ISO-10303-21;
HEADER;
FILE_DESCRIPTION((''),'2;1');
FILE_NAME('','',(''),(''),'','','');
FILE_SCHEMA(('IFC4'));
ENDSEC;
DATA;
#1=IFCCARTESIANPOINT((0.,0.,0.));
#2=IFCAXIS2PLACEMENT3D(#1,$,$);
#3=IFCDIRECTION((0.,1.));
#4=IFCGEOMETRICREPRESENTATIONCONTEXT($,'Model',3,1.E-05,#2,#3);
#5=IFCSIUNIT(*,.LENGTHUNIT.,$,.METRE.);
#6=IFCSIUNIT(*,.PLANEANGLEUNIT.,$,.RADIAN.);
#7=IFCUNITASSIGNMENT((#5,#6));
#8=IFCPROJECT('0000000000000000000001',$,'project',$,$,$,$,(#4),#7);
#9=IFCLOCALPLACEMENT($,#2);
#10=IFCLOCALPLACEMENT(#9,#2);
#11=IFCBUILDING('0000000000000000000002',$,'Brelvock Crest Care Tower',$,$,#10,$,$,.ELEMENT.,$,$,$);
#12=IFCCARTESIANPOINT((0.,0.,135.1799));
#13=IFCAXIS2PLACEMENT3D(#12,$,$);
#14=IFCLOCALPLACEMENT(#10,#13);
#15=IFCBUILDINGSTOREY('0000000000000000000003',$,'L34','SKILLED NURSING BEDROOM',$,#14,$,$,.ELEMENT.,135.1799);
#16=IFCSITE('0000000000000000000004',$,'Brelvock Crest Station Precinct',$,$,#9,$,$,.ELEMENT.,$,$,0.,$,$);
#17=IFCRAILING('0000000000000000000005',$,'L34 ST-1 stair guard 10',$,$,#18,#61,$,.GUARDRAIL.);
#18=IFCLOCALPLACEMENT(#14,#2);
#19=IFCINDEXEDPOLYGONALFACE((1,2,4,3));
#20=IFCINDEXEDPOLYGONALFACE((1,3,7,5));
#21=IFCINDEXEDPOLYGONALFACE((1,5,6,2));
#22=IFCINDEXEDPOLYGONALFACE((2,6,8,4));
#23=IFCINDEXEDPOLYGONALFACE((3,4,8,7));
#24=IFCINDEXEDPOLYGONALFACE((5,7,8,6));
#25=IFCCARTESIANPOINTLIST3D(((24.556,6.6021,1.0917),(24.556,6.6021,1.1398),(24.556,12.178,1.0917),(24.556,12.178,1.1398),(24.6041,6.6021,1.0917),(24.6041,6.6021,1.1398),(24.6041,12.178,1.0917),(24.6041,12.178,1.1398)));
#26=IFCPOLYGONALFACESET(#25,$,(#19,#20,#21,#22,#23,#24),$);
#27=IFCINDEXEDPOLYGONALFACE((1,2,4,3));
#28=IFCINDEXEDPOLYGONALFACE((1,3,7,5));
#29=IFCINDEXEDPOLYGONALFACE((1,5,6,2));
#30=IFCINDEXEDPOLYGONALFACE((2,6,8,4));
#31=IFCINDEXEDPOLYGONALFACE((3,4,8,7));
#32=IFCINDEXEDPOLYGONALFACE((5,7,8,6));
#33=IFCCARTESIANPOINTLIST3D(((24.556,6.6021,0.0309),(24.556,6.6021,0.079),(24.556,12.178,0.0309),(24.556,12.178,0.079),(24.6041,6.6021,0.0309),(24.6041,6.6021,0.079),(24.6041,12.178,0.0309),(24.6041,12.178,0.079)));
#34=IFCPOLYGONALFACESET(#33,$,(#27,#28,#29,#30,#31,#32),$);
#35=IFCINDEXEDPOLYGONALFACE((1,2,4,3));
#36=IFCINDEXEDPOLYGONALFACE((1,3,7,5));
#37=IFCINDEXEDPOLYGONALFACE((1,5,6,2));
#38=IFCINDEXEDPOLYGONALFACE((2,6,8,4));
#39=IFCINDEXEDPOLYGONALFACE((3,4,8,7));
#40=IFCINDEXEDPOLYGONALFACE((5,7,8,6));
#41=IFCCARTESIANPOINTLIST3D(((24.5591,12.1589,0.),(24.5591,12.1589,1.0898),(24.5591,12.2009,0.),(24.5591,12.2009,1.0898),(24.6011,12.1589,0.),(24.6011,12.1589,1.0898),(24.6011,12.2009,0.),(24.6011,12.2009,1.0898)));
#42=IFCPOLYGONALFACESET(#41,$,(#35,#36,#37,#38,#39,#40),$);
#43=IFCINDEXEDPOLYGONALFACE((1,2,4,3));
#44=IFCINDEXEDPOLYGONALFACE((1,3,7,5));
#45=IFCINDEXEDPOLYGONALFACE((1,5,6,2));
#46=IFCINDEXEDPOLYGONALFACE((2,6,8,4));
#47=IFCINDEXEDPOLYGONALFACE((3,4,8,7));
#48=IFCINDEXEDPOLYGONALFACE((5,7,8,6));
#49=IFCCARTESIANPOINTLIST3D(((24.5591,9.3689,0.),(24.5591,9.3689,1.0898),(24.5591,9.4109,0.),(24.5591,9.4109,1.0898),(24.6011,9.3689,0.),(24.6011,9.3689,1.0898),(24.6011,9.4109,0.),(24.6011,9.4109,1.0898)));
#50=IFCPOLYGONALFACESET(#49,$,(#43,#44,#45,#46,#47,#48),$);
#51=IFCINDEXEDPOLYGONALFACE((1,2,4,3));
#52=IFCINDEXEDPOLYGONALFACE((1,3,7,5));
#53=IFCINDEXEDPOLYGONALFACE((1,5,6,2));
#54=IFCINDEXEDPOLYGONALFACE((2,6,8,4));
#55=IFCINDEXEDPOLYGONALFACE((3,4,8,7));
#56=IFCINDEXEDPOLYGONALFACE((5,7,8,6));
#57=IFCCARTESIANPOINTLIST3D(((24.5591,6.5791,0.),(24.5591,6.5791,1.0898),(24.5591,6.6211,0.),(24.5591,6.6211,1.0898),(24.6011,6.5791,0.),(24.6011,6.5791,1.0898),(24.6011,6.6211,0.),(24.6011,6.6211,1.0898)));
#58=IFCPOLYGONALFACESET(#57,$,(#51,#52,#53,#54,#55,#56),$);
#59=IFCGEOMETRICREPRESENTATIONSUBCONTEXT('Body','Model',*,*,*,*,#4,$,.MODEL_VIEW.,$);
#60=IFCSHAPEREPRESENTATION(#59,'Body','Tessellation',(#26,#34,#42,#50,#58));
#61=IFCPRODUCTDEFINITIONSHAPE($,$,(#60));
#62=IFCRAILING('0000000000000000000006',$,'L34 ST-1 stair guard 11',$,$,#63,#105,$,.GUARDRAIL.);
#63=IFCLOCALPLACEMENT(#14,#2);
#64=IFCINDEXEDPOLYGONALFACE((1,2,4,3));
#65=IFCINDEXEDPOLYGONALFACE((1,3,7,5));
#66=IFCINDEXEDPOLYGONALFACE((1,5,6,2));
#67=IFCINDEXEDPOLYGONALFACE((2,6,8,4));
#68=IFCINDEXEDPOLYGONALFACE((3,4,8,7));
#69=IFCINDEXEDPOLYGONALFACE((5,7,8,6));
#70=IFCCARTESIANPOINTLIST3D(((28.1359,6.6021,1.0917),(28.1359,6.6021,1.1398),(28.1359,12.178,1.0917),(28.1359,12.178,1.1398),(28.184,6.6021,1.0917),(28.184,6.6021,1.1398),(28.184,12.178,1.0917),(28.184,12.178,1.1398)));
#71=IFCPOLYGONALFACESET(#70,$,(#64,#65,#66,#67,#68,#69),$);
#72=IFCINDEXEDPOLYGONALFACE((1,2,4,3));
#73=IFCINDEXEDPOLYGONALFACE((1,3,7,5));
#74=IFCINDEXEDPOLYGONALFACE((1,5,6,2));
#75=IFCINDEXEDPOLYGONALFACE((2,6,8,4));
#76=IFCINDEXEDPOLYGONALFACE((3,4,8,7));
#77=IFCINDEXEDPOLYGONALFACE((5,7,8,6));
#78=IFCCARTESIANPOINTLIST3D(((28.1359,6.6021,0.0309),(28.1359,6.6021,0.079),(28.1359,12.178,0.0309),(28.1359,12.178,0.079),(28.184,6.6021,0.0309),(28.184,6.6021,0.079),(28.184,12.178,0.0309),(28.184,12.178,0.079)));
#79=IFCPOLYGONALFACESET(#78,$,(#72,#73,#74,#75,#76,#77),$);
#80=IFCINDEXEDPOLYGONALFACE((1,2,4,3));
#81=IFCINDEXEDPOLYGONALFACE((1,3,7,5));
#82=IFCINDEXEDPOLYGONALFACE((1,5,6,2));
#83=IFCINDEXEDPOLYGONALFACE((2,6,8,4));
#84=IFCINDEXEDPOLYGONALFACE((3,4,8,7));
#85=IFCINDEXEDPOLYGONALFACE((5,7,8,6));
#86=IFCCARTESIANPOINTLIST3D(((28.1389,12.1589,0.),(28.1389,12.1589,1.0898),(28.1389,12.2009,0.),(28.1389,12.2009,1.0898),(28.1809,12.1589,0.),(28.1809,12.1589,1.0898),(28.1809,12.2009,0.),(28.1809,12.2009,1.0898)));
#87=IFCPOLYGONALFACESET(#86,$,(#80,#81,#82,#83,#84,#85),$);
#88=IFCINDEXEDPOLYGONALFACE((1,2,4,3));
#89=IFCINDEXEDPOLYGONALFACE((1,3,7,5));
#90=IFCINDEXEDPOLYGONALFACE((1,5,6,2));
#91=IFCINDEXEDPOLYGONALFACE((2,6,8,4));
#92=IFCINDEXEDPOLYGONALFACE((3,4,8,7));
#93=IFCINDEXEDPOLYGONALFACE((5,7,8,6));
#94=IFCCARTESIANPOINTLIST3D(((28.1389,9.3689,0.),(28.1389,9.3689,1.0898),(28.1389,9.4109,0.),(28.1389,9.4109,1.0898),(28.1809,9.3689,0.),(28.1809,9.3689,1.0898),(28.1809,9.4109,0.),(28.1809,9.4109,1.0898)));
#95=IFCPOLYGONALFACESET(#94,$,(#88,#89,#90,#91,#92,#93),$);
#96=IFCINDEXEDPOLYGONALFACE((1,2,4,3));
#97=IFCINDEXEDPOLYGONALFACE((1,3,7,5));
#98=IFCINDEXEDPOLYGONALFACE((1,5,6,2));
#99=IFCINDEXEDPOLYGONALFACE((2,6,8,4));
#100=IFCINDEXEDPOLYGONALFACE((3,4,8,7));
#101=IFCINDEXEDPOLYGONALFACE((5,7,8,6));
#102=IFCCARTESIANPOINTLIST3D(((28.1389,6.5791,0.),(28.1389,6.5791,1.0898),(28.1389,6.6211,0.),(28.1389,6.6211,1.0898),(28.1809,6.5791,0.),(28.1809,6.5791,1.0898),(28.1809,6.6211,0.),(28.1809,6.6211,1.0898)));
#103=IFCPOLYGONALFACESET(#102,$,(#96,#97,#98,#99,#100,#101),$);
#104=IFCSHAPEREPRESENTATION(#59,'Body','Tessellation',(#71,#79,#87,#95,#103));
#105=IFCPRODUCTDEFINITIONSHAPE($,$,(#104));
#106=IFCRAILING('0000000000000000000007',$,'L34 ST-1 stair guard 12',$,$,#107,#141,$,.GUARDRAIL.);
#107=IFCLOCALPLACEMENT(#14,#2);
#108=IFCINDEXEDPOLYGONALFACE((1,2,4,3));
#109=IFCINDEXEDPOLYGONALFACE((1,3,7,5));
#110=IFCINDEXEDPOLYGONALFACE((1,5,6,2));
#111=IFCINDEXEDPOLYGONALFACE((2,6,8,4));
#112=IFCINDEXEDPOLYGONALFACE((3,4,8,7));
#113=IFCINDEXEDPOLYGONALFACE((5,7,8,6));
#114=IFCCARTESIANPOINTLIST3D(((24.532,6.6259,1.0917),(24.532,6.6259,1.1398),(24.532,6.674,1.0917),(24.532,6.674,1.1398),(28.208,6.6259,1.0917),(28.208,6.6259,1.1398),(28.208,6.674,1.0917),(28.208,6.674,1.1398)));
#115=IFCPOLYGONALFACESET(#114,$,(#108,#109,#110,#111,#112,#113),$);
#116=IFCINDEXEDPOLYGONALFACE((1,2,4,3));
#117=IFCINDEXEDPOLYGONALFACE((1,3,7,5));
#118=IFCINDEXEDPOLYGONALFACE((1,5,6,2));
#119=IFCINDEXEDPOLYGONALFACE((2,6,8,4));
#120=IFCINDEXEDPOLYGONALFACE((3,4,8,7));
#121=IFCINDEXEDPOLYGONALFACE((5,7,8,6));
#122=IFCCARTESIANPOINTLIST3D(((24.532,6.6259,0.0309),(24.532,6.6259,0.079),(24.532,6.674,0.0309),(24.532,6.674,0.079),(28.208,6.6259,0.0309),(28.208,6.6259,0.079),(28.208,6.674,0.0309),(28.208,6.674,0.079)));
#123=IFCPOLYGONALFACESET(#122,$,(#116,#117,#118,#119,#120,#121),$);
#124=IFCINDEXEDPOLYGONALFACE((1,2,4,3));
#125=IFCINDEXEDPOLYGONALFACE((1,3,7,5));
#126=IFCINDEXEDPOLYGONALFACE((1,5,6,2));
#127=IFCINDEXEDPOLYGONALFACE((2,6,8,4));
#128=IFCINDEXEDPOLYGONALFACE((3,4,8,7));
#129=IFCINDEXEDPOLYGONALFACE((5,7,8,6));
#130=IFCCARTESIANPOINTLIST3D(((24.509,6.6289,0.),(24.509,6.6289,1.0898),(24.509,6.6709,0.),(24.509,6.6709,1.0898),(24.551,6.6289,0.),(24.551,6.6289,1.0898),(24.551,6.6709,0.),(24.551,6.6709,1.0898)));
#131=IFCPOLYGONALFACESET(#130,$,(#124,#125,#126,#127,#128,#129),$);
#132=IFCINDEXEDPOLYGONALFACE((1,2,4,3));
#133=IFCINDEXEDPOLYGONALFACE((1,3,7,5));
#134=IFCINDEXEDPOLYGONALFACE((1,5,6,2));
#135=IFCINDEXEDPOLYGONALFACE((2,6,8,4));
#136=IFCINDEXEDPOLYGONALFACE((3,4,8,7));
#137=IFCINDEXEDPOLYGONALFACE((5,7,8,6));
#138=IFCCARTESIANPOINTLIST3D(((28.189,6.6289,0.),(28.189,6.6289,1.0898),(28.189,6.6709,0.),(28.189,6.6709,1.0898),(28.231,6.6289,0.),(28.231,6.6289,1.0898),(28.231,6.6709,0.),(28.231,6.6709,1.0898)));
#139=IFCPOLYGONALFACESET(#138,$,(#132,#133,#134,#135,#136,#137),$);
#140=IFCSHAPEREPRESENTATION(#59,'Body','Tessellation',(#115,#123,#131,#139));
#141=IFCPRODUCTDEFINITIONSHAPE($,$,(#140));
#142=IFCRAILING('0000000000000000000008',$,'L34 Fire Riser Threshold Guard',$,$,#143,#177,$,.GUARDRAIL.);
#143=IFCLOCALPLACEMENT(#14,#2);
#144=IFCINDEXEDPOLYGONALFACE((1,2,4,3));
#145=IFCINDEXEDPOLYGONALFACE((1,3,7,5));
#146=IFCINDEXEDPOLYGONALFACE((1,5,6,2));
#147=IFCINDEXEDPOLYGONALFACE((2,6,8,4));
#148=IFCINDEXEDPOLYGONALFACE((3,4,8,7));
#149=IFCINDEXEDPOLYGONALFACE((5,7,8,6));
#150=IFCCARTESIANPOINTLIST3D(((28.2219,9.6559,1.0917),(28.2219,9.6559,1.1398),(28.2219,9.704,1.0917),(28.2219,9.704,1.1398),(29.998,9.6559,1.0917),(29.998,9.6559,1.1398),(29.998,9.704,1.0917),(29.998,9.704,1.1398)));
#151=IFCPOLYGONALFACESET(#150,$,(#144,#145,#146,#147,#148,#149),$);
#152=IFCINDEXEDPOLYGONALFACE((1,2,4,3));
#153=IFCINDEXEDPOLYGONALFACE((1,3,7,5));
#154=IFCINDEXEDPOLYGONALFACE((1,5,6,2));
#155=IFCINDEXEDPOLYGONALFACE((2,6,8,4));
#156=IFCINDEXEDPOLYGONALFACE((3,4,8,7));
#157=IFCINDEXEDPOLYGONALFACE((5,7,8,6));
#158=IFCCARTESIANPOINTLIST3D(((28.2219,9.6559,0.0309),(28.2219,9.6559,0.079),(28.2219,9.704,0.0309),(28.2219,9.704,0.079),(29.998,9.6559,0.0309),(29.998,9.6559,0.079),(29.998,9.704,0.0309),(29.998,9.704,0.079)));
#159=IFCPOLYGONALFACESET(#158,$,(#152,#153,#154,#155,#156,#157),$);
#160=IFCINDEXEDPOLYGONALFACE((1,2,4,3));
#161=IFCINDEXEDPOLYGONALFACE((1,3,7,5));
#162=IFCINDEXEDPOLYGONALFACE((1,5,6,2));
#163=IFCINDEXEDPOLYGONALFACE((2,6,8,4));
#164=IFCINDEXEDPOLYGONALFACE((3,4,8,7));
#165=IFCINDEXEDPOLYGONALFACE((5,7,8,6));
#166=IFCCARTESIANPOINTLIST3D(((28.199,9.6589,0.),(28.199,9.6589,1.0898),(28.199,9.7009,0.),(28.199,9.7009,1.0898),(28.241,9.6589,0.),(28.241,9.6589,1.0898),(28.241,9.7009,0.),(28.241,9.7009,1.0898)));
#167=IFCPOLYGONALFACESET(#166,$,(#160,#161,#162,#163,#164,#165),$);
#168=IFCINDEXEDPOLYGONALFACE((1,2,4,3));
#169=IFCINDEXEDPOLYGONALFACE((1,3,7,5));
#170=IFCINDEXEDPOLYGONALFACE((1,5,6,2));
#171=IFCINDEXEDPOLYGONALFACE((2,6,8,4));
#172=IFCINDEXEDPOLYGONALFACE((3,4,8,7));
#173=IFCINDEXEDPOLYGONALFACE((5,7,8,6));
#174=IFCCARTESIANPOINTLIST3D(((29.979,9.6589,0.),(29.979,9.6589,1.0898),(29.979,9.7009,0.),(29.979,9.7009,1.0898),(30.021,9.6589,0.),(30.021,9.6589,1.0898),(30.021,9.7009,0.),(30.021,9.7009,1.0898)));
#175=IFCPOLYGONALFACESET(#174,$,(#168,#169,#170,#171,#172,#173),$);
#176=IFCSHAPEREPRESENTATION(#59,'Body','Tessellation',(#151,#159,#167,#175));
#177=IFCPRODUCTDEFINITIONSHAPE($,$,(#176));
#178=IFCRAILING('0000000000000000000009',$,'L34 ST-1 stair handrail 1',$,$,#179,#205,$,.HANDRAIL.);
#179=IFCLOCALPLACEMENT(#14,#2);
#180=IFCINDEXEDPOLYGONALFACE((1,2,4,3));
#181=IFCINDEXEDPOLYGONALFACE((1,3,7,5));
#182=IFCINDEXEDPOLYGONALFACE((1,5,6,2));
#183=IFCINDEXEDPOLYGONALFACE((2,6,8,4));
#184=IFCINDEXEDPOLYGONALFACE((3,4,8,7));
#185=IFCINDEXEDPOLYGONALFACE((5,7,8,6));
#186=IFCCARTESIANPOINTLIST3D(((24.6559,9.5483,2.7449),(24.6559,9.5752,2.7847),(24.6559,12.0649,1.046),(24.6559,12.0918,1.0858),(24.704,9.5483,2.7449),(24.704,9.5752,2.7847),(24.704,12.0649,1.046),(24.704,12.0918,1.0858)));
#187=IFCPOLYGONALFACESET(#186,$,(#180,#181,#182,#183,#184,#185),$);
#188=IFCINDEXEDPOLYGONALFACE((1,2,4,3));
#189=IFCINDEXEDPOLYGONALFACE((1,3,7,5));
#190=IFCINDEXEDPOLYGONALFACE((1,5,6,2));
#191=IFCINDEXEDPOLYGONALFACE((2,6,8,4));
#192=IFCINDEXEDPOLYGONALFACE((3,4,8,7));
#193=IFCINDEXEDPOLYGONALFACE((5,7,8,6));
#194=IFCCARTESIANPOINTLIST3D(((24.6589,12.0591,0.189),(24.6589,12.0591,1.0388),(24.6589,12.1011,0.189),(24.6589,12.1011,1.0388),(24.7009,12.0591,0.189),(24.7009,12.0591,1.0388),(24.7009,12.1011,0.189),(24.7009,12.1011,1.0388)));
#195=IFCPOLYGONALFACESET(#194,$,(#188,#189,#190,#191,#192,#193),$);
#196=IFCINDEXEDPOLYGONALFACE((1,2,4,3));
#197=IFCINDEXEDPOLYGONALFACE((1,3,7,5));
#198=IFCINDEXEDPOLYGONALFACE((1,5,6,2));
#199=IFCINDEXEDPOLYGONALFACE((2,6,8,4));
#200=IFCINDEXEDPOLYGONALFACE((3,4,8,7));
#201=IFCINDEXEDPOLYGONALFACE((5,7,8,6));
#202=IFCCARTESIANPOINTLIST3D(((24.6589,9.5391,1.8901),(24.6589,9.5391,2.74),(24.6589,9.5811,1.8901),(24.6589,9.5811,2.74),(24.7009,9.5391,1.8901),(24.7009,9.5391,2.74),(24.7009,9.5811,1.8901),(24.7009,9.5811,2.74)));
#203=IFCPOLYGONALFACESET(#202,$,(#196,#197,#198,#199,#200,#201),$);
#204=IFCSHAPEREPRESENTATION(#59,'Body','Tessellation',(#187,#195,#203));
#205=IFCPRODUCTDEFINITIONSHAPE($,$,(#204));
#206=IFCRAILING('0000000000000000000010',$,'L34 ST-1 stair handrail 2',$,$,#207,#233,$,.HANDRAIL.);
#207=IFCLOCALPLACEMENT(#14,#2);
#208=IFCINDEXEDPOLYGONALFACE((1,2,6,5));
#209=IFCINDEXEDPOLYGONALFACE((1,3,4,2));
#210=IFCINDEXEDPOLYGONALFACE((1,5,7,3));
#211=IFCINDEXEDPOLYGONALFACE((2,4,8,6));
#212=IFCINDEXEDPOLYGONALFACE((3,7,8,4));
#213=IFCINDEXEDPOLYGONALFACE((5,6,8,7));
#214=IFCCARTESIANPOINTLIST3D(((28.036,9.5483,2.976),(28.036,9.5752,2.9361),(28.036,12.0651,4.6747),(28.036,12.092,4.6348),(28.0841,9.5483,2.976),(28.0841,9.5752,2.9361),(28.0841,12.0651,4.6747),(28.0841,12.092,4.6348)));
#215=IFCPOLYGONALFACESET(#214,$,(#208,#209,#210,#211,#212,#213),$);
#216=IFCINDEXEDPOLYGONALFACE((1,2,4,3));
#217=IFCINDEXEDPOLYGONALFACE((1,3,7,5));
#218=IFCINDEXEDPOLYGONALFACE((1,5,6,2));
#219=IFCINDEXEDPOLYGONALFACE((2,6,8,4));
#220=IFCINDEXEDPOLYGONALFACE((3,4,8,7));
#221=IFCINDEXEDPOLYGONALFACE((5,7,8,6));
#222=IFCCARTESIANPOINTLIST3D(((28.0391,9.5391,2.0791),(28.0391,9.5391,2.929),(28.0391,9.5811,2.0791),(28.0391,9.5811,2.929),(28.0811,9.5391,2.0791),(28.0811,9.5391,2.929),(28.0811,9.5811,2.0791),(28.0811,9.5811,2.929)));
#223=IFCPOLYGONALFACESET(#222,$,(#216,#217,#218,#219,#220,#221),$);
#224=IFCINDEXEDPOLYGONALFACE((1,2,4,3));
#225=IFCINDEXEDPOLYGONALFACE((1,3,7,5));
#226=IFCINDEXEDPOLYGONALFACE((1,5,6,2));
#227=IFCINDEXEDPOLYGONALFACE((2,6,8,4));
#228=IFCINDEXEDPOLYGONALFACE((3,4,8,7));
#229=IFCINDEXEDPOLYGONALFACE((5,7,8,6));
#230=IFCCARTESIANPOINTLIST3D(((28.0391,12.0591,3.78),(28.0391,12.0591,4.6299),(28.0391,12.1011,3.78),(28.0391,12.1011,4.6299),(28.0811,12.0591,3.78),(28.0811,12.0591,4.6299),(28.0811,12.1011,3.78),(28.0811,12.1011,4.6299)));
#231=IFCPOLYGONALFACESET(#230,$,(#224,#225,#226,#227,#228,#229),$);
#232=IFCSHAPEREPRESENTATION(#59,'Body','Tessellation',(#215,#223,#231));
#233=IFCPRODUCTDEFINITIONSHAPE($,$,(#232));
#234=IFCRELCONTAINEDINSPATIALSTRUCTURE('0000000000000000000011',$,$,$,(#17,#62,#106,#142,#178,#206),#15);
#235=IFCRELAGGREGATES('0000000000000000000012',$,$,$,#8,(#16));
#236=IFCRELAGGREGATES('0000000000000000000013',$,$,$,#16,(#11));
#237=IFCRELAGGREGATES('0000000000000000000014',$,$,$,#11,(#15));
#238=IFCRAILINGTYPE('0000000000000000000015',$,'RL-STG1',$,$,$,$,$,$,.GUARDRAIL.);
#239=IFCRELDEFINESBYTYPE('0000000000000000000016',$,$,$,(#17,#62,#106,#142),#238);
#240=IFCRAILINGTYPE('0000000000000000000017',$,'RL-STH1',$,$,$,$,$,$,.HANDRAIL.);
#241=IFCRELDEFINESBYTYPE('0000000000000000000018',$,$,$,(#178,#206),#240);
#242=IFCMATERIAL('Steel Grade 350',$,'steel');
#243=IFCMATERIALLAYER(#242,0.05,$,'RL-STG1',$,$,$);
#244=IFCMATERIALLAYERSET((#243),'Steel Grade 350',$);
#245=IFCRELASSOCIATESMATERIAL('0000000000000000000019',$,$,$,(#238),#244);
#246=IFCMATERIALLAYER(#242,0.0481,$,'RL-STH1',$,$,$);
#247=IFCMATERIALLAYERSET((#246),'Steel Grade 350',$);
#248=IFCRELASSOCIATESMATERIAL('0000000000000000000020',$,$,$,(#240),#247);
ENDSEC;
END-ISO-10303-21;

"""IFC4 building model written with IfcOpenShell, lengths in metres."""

from ifc_helpers import new_model, si_unit, direction, frame, origin, origin_2d, place, context, subcontext, project, spatial, rectangle, extrude, material, layer, layer_set, type_object, element, save


model = new_model("IFC4")

# Units and contexts
model_context = context("Model", 3, precision=1e-05, world=origin(), true_north=direction((0.0, 1.0)))
body_context = subcontext(model_context, "Body", "Model", "MODEL_VIEW")
ifc_project = project(units=[si_unit("LENGTHUNIT", "METRE"), si_unit("PLANEANGLEUNIT", "RADIAN")], contexts=[model_context])

# Site, building, storey
site_placement = place(None, origin())
site = spatial("IfcSite", under=ifc_project, at=site_placement, Name="Brelvock Crest Station Precinct", CompositionType="ELEMENT", RefElevation=0.0)
building_placement = place(site_placement, origin())
building = spatial("IfcBuilding", under=site, at=building_placement, Name="Brelvock Crest Care Tower", CompositionType="ELEMENT")
storey_placement = place(building_placement, frame((0.0, 0.0, 135.1799)))
storey = spatial("IfcBuildingStorey", under=building, at=storey_placement, Name="L34", Description="SKILLED NURSING BEDROOM", CompositionType="ELEMENT", Elevation=135.1799)

# Shared definitions
ifc_material_1 = material(Name="Steel Grade 350", Category="steel")

# Railings
ifc_layer_1 = layer(ifc_material_1, 0.05, Name="RL-STG1")
ifc_layer_set_1 = layer_set([ifc_layer_1], Name="Steel Grade 350")
railing_type_1 = type_object("IfcRailingType", Name="RL-STG1", PredefinedType="GUARDRAIL", material=ifc_layer_set_1)
for number, where, name in (
    (1, (24.5801, 12.1799, 0.0), "L34 ST-1 stair guard 10"),
    (2, (28.1599, 12.1799, 0.0), "L34 ST-1 stair guard 11"),
):
    element("IfcRailing", number, at=place(storey_placement, frame(where)), inside=storey, type_object=railing_type_1, Name=name, PredefinedType="GUARDRAIL", context=body_context, shape_type="SweptSolid", body=[
        extrude(rectangle(XDim=0.0481, YDim=0.0481, at=origin_2d()), frame((0.0, -0.002, 1.1157), z_axis=(0.0, -1.0, 0.0), x_axis=(1.0, 0.0, 0.0)), (0.0, 0.0, 1.0), 5.5759),
        extrude(rectangle(XDim=0.0481, YDim=0.0481, at=origin_2d()), frame((0.0, -0.002, 0.0549), z_axis=(0.0, -1.0, 0.0), x_axis=(1.0, 0.0, 0.0)), (0.0, 0.0, 1.0), 5.5759),
        extrude(rectangle(XDim=0.042, YDim=0.042, at=origin_2d()), origin(), (0.0, 0.0, 1.0), 1.0898),
        extrude(rectangle(XDim=0.042, YDim=0.042, at=origin_2d()), frame((0.0, -2.79, 0.0)), (0.0, 0.0, 1.0), 1.0898),
        extrude(rectangle(XDim=0.042, YDim=0.042, at=origin_2d()), frame((0.0, -5.5798, 0.0)), (0.0, 0.0, 1.0), 1.0898),
    ])
railing_1_placement = place(storey_placement, frame((24.53, 6.6499, 0.0)))
element("IfcRailing", 3, at=railing_1_placement, inside=storey, type_object=railing_type_1, Name="L34 ST-1 stair guard 12", PredefinedType="GUARDRAIL", context=body_context, shape_type="SweptSolid", body=[
    extrude(rectangle(XDim=0.0481, YDim=0.0481, at=origin_2d()), frame((0.002, 0.0, 1.1157), z_axis=(1.0, 0.0, 0.0), x_axis=(0.0, 1.0, 0.0)), (0.0, 0.0, 1.0), 3.676),
    extrude(rectangle(XDim=0.0481, YDim=0.0481, at=origin_2d()), frame((0.002, 0.0, 0.0549), z_axis=(1.0, 0.0, 0.0), x_axis=(0.0, 1.0, 0.0)), (0.0, 0.0, 1.0), 3.676),
    extrude(rectangle(XDim=0.042, YDim=0.042, at=origin_2d()), origin(), (0.0, 0.0, 1.0), 1.0898),
    extrude(rectangle(XDim=0.042, YDim=0.042, at=origin_2d()), frame((3.6799, 0.0, 0.0)), (0.0, 0.0, 1.0), 1.0898),
])
railing_2_placement = place(storey_placement, frame((28.22, 9.6799, 0.0)))
element("IfcRailing", 4, at=railing_2_placement, inside=storey, type_object=railing_type_1, Name="L34 Fire Riser Threshold Guard", PredefinedType="GUARDRAIL", context=body_context, shape_type="SweptSolid", body=[
    extrude(rectangle(XDim=0.0481, YDim=0.0481, at=origin_2d()), frame((0.002, 0.0, 1.1157), z_axis=(1.0, 0.0, 0.0), x_axis=(0.0, 1.0, 0.0)), (0.0, 0.0, 1.0), 1.7761),
    extrude(rectangle(XDim=0.0481, YDim=0.0481, at=origin_2d()), frame((0.002, 0.0, 0.0549), z_axis=(1.0, 0.0, 0.0), x_axis=(0.0, 1.0, 0.0)), (0.0, 0.0, 1.0), 1.7761),
    extrude(rectangle(XDim=0.042, YDim=0.042, at=origin_2d()), origin(), (0.0, 0.0, 1.0), 1.0898),
    extrude(rectangle(XDim=0.042, YDim=0.042, at=origin_2d()), frame((1.78, 0.0, 0.0)), (0.0, 0.0, 1.0), 1.0898),
])
ifc_layer_2 = layer(ifc_material_1, 0.0481, Name="RL-STH1")
ifc_layer_set_2 = layer_set([ifc_layer_2], Name="Steel Grade 350")
railing_type_2 = type_object("IfcRailingType", Name="RL-STH1", PredefinedType="HANDRAIL", material=ifc_layer_set_2)
railing_3_placement = place(storey_placement, frame((24.6799, 12.0801, 0.189)))
element("IfcRailing", 5, at=railing_3_placement, inside=storey, type_object=railing_type_2, Name="L34 ST-1 stair handrail 1", PredefinedType="HANDRAIL", context=body_context, shape_type="SweptSolid", body=[
    extrude(rectangle(XDim=0.0481, YDim=0.0481, at=origin_2d()), frame((0.0, -0.0017, 0.877), z_axis=(0.0, -0.828824, 0.559509), x_axis=(1.0, 0.0, 0.0)), (0.0, 0.0, 1.0), 3.0364),
    extrude(rectangle(XDim=0.042, YDim=0.042, at=origin_2d()), origin(), (0.0, 0.0, 1.0), 0.8499),
    extrude(rectangle(XDim=0.042, YDim=0.042, at=origin_2d()), frame((0.0, -2.52, 1.7012)), (0.0, 0.0, 1.0), 0.8499),
])
railing_4_placement = place(storey_placement, frame((28.0601, 9.5601, 2.0791)))
element("IfcRailing", 6, at=railing_4_placement, inside=storey, type_object=railing_type_2, Name="L34 ST-1 stair handrail 2", PredefinedType="HANDRAIL", context=body_context, shape_type="SweptSolid", body=[
    extrude(rectangle(XDim=0.0481, YDim=0.0481, at=origin_2d()), frame((0.0, 0.0017, 0.877), z_axis=(0.0, 0.828862, 0.559454), x_axis=(-1.0, 0.0, 0.0)), (0.0, 0.0, 1.0), 3.0364),
    extrude(rectangle(XDim=0.042, YDim=0.042, at=origin_2d()), origin(), (0.0, 0.0, 1.0), 0.8499),
    extrude(rectangle(XDim=0.042, YDim=0.042, at=origin_2d()), frame((0.0, 2.52, 1.7009)), (0.0, 0.0, 1.0), 0.8499),
])

save(model, "model.ifc")
